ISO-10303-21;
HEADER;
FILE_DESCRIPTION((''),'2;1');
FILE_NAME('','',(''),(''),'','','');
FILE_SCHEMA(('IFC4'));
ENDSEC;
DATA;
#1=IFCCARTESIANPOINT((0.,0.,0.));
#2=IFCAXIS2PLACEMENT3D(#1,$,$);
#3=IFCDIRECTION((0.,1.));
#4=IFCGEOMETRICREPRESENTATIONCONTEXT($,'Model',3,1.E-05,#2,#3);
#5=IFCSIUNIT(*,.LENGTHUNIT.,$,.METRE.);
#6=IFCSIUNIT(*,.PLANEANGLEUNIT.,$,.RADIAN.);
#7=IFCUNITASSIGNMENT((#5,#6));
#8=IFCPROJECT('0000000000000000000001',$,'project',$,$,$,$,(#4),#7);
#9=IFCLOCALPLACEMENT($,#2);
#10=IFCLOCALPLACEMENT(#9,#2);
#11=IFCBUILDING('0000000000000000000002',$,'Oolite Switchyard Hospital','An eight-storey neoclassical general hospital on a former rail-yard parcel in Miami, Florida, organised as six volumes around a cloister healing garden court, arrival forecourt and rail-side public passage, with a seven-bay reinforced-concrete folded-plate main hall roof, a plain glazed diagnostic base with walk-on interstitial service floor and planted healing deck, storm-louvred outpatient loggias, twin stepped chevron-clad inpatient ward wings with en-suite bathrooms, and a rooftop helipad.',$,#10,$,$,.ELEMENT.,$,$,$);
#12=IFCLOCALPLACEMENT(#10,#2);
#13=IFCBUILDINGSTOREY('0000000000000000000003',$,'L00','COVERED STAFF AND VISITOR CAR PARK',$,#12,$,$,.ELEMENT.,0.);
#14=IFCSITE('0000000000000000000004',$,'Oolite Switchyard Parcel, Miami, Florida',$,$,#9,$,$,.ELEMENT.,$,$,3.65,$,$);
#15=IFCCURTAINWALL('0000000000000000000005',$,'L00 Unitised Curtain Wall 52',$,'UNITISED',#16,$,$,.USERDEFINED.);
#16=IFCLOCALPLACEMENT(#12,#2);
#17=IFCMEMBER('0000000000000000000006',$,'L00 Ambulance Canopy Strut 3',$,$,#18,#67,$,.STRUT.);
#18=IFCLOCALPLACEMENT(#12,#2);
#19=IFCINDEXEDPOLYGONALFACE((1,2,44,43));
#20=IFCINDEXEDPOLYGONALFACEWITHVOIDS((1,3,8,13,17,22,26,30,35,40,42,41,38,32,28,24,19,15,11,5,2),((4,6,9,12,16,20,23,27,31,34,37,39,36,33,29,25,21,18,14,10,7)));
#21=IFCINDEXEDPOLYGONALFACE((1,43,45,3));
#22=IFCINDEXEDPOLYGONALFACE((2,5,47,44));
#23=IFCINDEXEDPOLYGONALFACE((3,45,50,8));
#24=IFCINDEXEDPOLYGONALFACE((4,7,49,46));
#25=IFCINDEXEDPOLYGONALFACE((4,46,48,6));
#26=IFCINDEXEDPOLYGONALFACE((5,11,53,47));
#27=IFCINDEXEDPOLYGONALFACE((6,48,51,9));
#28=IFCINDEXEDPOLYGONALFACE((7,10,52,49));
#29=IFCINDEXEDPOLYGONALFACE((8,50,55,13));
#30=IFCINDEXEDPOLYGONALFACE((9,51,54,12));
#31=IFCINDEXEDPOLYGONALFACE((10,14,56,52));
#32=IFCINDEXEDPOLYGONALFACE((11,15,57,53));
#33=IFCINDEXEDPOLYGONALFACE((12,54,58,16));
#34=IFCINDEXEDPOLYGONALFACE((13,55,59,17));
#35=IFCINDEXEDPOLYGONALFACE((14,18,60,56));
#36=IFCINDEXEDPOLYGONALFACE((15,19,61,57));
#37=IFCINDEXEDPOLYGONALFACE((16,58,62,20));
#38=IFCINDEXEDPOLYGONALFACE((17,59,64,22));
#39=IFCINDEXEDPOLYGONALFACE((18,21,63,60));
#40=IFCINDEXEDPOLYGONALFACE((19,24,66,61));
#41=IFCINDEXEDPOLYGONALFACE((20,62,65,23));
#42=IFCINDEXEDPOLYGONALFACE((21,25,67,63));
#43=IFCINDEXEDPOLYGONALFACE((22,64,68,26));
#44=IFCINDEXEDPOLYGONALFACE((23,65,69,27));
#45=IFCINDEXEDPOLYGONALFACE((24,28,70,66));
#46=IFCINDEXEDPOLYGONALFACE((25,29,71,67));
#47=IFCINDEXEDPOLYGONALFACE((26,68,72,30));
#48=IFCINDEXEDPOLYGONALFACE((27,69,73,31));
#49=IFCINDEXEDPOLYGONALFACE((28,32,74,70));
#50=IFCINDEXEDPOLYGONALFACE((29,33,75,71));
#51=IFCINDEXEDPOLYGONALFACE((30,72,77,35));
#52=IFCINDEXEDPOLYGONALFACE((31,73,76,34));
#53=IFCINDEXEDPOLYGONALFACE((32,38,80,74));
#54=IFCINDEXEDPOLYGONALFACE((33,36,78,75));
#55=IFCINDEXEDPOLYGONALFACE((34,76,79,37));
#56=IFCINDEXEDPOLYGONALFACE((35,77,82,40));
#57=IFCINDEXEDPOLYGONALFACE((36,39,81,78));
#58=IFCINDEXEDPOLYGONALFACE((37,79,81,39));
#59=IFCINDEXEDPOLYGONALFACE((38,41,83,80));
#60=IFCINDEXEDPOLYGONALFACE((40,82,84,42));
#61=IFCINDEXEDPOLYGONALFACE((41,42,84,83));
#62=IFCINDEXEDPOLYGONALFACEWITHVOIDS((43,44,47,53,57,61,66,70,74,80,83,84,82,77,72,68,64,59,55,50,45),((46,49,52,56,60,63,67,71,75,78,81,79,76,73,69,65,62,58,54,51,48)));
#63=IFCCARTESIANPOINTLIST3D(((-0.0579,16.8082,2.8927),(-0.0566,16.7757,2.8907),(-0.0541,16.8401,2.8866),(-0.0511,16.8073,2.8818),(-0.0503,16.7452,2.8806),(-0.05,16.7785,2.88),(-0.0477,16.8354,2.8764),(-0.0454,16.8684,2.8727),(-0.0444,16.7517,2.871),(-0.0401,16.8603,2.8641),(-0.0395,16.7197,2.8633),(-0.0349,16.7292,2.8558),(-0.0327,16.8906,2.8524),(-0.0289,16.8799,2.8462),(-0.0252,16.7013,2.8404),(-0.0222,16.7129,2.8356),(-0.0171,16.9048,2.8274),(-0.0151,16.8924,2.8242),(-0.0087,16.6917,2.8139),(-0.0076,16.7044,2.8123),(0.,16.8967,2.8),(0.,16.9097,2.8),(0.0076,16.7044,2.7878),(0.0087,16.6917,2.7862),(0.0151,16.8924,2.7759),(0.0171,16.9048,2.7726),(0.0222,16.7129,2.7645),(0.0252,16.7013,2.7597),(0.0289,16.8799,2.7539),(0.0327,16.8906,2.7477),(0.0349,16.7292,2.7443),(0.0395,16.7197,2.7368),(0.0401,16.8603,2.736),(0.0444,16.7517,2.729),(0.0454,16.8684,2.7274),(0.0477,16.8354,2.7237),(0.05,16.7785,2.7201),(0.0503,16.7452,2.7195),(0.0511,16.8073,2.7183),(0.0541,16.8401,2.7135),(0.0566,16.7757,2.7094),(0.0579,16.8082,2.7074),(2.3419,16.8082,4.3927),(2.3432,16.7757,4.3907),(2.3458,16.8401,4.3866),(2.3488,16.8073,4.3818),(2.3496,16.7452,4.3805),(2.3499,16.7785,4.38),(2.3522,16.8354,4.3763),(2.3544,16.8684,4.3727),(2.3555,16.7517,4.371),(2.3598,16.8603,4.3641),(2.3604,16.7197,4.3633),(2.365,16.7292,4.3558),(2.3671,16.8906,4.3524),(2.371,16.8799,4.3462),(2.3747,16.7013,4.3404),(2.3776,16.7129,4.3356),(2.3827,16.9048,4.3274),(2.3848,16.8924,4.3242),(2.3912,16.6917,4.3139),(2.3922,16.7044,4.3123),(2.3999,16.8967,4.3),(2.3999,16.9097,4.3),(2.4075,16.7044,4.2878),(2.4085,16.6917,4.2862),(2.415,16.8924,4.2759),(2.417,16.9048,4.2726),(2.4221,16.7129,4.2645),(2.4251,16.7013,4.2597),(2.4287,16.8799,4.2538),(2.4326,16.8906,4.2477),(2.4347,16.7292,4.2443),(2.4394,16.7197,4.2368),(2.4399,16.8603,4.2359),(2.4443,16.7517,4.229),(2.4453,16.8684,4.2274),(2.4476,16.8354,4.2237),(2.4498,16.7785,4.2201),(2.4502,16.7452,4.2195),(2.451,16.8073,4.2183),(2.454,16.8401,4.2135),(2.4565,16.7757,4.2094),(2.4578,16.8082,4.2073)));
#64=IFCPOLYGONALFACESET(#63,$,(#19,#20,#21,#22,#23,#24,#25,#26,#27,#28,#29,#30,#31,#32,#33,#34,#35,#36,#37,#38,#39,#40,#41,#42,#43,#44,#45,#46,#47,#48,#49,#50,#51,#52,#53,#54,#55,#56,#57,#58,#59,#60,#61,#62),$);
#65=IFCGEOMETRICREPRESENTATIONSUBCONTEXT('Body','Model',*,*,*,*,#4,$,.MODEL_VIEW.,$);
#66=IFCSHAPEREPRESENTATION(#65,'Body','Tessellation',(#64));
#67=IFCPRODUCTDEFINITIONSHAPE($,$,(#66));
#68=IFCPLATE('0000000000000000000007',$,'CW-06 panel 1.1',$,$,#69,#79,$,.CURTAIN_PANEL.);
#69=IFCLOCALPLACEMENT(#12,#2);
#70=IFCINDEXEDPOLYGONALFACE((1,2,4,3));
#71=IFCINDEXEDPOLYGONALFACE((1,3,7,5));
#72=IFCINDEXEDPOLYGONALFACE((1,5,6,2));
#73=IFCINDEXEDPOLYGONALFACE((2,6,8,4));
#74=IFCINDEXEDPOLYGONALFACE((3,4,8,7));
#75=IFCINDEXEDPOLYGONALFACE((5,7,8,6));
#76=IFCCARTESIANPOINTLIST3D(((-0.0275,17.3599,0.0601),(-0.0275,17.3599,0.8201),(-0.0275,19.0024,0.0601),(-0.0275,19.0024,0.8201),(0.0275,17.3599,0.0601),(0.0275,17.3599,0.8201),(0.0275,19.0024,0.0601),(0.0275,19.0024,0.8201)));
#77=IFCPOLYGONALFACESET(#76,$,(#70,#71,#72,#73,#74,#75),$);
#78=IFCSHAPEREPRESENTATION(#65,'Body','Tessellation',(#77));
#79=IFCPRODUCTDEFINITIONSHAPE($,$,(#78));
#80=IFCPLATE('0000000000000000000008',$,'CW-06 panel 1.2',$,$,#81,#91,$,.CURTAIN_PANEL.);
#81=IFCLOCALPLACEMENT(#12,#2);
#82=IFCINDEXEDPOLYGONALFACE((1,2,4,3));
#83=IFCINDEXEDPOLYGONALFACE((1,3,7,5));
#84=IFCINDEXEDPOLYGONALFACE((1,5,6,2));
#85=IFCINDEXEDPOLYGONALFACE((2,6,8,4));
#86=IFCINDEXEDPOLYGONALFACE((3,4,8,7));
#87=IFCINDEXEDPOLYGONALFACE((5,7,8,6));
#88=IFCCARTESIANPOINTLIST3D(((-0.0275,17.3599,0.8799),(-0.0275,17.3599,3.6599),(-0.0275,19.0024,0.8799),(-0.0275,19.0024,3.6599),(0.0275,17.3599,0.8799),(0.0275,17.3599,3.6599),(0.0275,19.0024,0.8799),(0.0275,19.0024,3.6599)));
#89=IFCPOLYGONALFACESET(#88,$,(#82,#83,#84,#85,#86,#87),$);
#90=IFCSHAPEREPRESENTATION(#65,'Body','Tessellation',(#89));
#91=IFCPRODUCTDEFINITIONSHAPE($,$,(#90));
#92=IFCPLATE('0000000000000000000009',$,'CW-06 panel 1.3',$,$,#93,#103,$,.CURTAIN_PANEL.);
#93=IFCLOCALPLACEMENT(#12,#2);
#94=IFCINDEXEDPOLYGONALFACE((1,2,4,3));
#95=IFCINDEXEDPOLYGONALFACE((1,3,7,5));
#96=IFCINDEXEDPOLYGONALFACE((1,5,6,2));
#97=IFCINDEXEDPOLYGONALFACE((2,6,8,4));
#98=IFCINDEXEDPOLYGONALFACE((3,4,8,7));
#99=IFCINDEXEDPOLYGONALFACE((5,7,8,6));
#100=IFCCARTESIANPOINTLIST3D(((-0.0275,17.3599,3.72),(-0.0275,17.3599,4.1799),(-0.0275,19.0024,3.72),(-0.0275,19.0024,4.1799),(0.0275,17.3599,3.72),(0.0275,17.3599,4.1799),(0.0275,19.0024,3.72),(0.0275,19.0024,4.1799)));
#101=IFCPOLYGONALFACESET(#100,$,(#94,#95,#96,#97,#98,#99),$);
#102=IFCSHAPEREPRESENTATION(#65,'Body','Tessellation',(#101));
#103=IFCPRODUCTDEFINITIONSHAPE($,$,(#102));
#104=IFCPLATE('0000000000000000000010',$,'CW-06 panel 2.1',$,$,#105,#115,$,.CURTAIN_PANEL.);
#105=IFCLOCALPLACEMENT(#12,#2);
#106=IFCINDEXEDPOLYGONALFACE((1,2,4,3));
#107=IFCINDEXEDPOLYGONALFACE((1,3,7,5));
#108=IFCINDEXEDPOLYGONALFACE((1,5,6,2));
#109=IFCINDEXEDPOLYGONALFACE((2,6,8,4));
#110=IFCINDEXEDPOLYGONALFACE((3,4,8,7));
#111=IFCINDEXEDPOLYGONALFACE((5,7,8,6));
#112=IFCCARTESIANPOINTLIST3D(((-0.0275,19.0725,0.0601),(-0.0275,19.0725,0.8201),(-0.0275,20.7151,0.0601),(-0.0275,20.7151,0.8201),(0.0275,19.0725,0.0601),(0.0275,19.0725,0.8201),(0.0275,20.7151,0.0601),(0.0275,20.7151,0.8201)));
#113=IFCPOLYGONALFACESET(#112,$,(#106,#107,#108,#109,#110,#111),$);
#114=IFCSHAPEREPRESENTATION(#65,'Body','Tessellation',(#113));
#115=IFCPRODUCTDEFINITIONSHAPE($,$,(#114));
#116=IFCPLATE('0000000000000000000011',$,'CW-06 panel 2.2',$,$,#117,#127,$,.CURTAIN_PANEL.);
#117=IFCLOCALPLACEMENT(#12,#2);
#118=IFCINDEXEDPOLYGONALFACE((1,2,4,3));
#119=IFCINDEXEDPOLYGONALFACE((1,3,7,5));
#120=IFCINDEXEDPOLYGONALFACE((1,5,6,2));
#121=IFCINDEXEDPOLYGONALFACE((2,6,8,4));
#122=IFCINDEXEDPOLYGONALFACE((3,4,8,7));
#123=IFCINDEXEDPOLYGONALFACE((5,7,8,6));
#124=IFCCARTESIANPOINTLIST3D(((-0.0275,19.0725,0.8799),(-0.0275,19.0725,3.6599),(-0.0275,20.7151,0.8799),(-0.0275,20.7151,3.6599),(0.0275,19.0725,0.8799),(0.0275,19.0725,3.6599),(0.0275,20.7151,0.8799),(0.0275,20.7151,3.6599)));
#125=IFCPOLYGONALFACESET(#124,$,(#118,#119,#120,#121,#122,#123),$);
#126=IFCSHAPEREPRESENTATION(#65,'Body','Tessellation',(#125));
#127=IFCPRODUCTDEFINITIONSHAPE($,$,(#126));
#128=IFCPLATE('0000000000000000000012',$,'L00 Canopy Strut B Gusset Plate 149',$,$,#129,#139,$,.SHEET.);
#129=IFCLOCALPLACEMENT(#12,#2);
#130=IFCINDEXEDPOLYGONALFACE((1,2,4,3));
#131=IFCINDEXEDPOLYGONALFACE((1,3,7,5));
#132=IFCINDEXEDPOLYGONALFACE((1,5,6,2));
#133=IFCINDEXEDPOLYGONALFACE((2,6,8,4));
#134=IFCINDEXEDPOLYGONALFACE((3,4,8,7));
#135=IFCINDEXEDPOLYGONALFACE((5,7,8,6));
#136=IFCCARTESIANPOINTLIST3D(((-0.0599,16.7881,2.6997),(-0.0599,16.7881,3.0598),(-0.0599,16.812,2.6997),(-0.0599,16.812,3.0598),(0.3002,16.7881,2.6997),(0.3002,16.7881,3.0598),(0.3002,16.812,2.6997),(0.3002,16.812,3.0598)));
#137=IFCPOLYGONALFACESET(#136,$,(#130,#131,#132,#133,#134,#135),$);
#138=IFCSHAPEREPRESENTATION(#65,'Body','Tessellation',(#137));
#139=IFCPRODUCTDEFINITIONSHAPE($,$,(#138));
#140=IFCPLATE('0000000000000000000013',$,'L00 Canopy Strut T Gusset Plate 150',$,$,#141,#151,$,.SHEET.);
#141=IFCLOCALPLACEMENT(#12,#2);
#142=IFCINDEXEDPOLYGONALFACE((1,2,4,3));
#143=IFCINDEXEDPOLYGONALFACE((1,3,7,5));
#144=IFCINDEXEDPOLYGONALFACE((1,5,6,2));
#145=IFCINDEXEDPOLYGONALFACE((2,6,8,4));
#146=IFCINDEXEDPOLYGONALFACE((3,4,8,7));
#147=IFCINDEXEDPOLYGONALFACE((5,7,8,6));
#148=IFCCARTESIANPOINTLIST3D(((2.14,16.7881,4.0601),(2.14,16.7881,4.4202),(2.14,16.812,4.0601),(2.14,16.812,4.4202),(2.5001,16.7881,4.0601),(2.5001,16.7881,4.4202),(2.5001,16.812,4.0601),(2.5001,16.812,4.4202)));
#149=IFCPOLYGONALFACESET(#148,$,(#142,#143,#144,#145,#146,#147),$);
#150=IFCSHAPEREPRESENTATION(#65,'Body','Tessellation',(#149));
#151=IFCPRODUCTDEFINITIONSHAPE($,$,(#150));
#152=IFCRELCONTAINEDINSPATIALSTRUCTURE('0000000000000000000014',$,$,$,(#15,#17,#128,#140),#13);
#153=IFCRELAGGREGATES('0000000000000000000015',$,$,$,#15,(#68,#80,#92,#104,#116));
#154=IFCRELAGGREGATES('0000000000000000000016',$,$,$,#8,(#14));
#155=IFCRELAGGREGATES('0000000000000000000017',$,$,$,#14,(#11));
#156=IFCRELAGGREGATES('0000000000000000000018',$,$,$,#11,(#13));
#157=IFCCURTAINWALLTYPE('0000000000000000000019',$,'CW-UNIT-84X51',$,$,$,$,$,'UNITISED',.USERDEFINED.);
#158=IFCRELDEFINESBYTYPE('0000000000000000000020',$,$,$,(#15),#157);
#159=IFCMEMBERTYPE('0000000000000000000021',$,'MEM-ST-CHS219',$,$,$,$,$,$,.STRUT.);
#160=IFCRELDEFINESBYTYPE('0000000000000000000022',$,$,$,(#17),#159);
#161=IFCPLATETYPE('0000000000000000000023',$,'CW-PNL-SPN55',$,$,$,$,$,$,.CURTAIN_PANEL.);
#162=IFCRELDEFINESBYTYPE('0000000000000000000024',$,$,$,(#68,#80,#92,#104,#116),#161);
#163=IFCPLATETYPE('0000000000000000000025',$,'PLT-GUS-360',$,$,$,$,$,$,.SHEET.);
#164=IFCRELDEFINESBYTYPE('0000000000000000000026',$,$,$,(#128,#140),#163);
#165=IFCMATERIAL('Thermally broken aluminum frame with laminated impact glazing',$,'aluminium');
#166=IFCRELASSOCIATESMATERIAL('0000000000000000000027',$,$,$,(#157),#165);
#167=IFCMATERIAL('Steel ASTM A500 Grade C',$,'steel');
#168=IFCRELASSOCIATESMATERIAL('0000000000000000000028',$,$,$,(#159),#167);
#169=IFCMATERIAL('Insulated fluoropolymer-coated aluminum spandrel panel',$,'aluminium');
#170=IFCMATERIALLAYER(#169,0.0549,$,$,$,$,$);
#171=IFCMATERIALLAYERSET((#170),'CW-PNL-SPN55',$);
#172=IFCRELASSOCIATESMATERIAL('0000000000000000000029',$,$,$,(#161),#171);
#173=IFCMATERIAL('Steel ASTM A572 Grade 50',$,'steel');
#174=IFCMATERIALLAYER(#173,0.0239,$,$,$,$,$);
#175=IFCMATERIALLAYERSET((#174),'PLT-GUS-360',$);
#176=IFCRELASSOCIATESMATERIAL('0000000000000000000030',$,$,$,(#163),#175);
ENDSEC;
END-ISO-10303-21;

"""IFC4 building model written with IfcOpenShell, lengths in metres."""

from ifc_helpers import new_model, si_unit, direction, frame, origin, origin_2d, place, context, subcontext, project, spatial, rectangle, hollow_circle, extrude, material, layer, layer_set, material_profile, profile_set, type_object, element, aggregate, save


model = new_model("IFC4")

# Units and contexts
model_context = context("Model", 3, precision=1e-05, world=origin(), true_north=direction((0.0, 1.0)))
body_context = subcontext(model_context, "Body", "Model", "MODEL_VIEW")
ifc_project = project(units=[si_unit("LENGTHUNIT", "METRE"), si_unit("PLANEANGLEUNIT", "RADIAN")], contexts=[model_context])

# Site, building, storey
site_placement = place(None, origin())
site = spatial("IfcSite", under=ifc_project, at=site_placement, Name="Oolite Switchyard Parcel, Miami, Florida", CompositionType="ELEMENT", RefElevation=3.65)
building_placement = place(site_placement, origin())
building = spatial("IfcBuilding", under=site, at=building_placement, Name="Oolite Switchyard Hospital", Description="An eight-storey neoclassical general hospital on a former rail-yard parcel in Miami, Florida, organised as six volumes around a cloister healing garden court, arrival forecourt and rail-side public passage, with a seven-bay reinforced-concrete folded-plate main hall roof, a plain glazed diagnostic base with walk-on interstitial service floor and planted healing deck, storm-louvred outpatient loggias, twin stepped chevron-clad inpatient ward wings with en-suite bathrooms, and a rooftop helipad.", CompositionType="ELEMENT")
storey_placement = place(building_placement, origin())
storey = spatial("IfcBuildingStorey", under=building, at=storey_placement, Name="L00", Description="COVERED STAFF AND VISITOR CAR PARK", CompositionType="ELEMENT", Elevation=0.0)

# Curtain wall
ifc_material_1 = material(Name="Thermally broken aluminum frame with laminated impact glazing", Category="aluminium")
curtain_wall_type = type_object("IfcCurtainWallType", Name="CW-UNIT-84X51", ElementType="UNITISED", PredefinedType="USERDEFINED", material=ifc_material_1)
curtain_wall_placement = place(storey_placement, origin())
curtain_wall = element("IfcCurtainWall", 1, at=curtain_wall_placement, inside=storey, type_object=curtain_wall_type, Name="L00 Unitised Curtain Wall 52", ObjectType="UNITISED", PredefinedType="USERDEFINED")

# Member
ifc_material_2 = material(Name="Steel ASTM A500 Grade C", Category="steel")
ifc_material_profile_1 = material_profile(ifc_material_2, hollow_circle(Radius=0.1096, WallThickness=0.0129, at=origin_2d()), Name="HSS219X13")
ifc_profile_set_1 = profile_set([ifc_material_profile_1], Name="Steel ASTM A500 Grade C")
member_type_1 = type_object("IfcMemberType", Name="MEM-ST-CHS219", PredefinedType="STRUT", material=ifc_profile_set_1)
member_1_placement = place(storey_placement, frame((0.0, 16.8, 2.8), z_axis=(0.847989, 0.0, 0.530014), x_axis=(0.0, 1.0, 0.0)))
element("IfcMember", 2, at=member_1_placement, inside=storey, type_object=member_type_1, Name="L00 Ambulance Canopy Strut 3", PredefinedType="STRUT", context=body_context, shape_type="SweptSolid", body=[
    extrude(hollow_circle(Radius=0.1096, WallThickness=0.0129, at=origin_2d()), origin(), (0.0, 0.0, 1.0), 2.8301),
])

# Plates
ifc_material_3 = material(Name="Insulated fluoropolymer-coated aluminum spandrel panel", Category="aluminium")
ifc_layer_1 = layer(ifc_material_3, 0.0549)
ifc_layer_set_1 = layer_set([ifc_layer_1], Name="CW-PNL-SPN55")
plate_type_1 = type_object("IfcPlateType", Name="CW-PNL-SPN55", PredefinedType="CURTAIN_PANEL", material=ifc_layer_set_1)
plate_1_placement = place(storey_placement, frame((0.0, 18.1812, 0.0601), z_axis=(0.0, 0.0, 1.0), x_axis=(0.0, 1.0, 0.0)))
plate_1 = element("IfcPlate", 3, at=plate_1_placement, type_object=plate_type_1, Name="CW-06 panel 1.1", PredefinedType="CURTAIN_PANEL", context=body_context, shape_type="SweptSolid", body=[
    extrude(rectangle(XDim=1.6426, YDim=0.0549, at=origin_2d()), origin(), (0.0, 0.0, 1.0), 0.76),
])
plate_2_placement = place(storey_placement, frame((0.0, 18.1812, 0.8799), z_axis=(0.0, 0.0, 1.0), x_axis=(0.0, 1.0, 0.0)))
plate_2 = element("IfcPlate", 4, at=plate_2_placement, type_object=plate_type_1, Name="CW-06 panel 1.2", PredefinedType="CURTAIN_PANEL", context=body_context, shape_type="SweptSolid", body=[
    extrude(rectangle(XDim=1.6426, YDim=0.0549, at=origin_2d()), origin(), (0.0, 0.0, 1.0), 2.78),
])
plate_3_placement = place(storey_placement, frame((0.0, 18.1812, 3.72), z_axis=(0.0, 0.0, 1.0), x_axis=(0.0, 1.0, 0.0)))
plate_3 = element("IfcPlate", 5, at=plate_3_placement, type_object=plate_type_1, Name="CW-06 panel 1.3", PredefinedType="CURTAIN_PANEL", context=body_context, shape_type="SweptSolid", body=[
    extrude(rectangle(XDim=1.6426, YDim=0.0549, at=origin_2d()), origin(), (0.0, 0.0, 1.0), 0.46),
])
plate_4_placement = place(storey_placement, frame((0.0, 19.8938, 0.0601), z_axis=(0.0, 0.0, 1.0), x_axis=(0.0, 1.0, 0.0)))
plate_4 = element("IfcPlate", 6, at=plate_4_placement, type_object=plate_type_1, Name="CW-06 panel 2.1", PredefinedType="CURTAIN_PANEL", context=body_context, shape_type="SweptSolid", body=[
    extrude(rectangle(XDim=1.6426, YDim=0.0549, at=origin_2d()), origin(), (0.0, 0.0, 1.0), 0.76),
])
plate_5_placement = place(storey_placement, frame((0.0, 19.8938, 0.8799), z_axis=(0.0, 0.0, 1.0), x_axis=(0.0, 1.0, 0.0)))
plate_5 = element("IfcPlate", 7, at=plate_5_placement, type_object=plate_type_1, Name="CW-06 panel 2.2", PredefinedType="CURTAIN_PANEL", context=body_context, shape_type="SweptSolid", body=[
    extrude(rectangle(XDim=1.6426, YDim=0.0549, at=origin_2d()), origin(), (0.0, 0.0, 1.0), 2.78),
])
aggregate(curtain_wall, [plate_1, plate_2, plate_3, plate_4, plate_5])

# Plates
ifc_material_4 = material(Name="Steel ASTM A572 Grade 50", Category="steel")
ifc_layer_2 = layer(ifc_material_4, 0.0239)
ifc_layer_set_2 = layer_set([ifc_layer_2], Name="PLT-GUS-360")
plate_type_2 = type_object("IfcPlateType", Name="PLT-GUS-360", PredefinedType="SHEET", material=ifc_layer_set_2)
for number, where, z_axis, x_axis, name in (
    (8, (0.1201, 16.8, 2.6997), (0.0, 0.0, 1.0), (1.0, 0.0, 0.0), "L00 Canopy Strut B Gusset Plate 149"),
    (9, (2.3201, 16.8, 4.0601), (0.0, 0.0, 1.0), (1.0, 0.0, 0.0), "L00 Canopy Strut T Gusset Plate 150"),
):
    element("IfcPlate", number, at=place(storey_placement, frame(where, z_axis=z_axis, x_axis=x_axis)), inside=storey, type_object=plate_type_2, Name=name, PredefinedType="SHEET", context=body_context, shape_type="SweptSolid", body=[
        extrude(rectangle(XDim=0.3601, YDim=0.0239, at=origin_2d()), origin(), (0.0, 0.0, 1.0), 0.3601),
    ])

save(model, "model.ifc")
